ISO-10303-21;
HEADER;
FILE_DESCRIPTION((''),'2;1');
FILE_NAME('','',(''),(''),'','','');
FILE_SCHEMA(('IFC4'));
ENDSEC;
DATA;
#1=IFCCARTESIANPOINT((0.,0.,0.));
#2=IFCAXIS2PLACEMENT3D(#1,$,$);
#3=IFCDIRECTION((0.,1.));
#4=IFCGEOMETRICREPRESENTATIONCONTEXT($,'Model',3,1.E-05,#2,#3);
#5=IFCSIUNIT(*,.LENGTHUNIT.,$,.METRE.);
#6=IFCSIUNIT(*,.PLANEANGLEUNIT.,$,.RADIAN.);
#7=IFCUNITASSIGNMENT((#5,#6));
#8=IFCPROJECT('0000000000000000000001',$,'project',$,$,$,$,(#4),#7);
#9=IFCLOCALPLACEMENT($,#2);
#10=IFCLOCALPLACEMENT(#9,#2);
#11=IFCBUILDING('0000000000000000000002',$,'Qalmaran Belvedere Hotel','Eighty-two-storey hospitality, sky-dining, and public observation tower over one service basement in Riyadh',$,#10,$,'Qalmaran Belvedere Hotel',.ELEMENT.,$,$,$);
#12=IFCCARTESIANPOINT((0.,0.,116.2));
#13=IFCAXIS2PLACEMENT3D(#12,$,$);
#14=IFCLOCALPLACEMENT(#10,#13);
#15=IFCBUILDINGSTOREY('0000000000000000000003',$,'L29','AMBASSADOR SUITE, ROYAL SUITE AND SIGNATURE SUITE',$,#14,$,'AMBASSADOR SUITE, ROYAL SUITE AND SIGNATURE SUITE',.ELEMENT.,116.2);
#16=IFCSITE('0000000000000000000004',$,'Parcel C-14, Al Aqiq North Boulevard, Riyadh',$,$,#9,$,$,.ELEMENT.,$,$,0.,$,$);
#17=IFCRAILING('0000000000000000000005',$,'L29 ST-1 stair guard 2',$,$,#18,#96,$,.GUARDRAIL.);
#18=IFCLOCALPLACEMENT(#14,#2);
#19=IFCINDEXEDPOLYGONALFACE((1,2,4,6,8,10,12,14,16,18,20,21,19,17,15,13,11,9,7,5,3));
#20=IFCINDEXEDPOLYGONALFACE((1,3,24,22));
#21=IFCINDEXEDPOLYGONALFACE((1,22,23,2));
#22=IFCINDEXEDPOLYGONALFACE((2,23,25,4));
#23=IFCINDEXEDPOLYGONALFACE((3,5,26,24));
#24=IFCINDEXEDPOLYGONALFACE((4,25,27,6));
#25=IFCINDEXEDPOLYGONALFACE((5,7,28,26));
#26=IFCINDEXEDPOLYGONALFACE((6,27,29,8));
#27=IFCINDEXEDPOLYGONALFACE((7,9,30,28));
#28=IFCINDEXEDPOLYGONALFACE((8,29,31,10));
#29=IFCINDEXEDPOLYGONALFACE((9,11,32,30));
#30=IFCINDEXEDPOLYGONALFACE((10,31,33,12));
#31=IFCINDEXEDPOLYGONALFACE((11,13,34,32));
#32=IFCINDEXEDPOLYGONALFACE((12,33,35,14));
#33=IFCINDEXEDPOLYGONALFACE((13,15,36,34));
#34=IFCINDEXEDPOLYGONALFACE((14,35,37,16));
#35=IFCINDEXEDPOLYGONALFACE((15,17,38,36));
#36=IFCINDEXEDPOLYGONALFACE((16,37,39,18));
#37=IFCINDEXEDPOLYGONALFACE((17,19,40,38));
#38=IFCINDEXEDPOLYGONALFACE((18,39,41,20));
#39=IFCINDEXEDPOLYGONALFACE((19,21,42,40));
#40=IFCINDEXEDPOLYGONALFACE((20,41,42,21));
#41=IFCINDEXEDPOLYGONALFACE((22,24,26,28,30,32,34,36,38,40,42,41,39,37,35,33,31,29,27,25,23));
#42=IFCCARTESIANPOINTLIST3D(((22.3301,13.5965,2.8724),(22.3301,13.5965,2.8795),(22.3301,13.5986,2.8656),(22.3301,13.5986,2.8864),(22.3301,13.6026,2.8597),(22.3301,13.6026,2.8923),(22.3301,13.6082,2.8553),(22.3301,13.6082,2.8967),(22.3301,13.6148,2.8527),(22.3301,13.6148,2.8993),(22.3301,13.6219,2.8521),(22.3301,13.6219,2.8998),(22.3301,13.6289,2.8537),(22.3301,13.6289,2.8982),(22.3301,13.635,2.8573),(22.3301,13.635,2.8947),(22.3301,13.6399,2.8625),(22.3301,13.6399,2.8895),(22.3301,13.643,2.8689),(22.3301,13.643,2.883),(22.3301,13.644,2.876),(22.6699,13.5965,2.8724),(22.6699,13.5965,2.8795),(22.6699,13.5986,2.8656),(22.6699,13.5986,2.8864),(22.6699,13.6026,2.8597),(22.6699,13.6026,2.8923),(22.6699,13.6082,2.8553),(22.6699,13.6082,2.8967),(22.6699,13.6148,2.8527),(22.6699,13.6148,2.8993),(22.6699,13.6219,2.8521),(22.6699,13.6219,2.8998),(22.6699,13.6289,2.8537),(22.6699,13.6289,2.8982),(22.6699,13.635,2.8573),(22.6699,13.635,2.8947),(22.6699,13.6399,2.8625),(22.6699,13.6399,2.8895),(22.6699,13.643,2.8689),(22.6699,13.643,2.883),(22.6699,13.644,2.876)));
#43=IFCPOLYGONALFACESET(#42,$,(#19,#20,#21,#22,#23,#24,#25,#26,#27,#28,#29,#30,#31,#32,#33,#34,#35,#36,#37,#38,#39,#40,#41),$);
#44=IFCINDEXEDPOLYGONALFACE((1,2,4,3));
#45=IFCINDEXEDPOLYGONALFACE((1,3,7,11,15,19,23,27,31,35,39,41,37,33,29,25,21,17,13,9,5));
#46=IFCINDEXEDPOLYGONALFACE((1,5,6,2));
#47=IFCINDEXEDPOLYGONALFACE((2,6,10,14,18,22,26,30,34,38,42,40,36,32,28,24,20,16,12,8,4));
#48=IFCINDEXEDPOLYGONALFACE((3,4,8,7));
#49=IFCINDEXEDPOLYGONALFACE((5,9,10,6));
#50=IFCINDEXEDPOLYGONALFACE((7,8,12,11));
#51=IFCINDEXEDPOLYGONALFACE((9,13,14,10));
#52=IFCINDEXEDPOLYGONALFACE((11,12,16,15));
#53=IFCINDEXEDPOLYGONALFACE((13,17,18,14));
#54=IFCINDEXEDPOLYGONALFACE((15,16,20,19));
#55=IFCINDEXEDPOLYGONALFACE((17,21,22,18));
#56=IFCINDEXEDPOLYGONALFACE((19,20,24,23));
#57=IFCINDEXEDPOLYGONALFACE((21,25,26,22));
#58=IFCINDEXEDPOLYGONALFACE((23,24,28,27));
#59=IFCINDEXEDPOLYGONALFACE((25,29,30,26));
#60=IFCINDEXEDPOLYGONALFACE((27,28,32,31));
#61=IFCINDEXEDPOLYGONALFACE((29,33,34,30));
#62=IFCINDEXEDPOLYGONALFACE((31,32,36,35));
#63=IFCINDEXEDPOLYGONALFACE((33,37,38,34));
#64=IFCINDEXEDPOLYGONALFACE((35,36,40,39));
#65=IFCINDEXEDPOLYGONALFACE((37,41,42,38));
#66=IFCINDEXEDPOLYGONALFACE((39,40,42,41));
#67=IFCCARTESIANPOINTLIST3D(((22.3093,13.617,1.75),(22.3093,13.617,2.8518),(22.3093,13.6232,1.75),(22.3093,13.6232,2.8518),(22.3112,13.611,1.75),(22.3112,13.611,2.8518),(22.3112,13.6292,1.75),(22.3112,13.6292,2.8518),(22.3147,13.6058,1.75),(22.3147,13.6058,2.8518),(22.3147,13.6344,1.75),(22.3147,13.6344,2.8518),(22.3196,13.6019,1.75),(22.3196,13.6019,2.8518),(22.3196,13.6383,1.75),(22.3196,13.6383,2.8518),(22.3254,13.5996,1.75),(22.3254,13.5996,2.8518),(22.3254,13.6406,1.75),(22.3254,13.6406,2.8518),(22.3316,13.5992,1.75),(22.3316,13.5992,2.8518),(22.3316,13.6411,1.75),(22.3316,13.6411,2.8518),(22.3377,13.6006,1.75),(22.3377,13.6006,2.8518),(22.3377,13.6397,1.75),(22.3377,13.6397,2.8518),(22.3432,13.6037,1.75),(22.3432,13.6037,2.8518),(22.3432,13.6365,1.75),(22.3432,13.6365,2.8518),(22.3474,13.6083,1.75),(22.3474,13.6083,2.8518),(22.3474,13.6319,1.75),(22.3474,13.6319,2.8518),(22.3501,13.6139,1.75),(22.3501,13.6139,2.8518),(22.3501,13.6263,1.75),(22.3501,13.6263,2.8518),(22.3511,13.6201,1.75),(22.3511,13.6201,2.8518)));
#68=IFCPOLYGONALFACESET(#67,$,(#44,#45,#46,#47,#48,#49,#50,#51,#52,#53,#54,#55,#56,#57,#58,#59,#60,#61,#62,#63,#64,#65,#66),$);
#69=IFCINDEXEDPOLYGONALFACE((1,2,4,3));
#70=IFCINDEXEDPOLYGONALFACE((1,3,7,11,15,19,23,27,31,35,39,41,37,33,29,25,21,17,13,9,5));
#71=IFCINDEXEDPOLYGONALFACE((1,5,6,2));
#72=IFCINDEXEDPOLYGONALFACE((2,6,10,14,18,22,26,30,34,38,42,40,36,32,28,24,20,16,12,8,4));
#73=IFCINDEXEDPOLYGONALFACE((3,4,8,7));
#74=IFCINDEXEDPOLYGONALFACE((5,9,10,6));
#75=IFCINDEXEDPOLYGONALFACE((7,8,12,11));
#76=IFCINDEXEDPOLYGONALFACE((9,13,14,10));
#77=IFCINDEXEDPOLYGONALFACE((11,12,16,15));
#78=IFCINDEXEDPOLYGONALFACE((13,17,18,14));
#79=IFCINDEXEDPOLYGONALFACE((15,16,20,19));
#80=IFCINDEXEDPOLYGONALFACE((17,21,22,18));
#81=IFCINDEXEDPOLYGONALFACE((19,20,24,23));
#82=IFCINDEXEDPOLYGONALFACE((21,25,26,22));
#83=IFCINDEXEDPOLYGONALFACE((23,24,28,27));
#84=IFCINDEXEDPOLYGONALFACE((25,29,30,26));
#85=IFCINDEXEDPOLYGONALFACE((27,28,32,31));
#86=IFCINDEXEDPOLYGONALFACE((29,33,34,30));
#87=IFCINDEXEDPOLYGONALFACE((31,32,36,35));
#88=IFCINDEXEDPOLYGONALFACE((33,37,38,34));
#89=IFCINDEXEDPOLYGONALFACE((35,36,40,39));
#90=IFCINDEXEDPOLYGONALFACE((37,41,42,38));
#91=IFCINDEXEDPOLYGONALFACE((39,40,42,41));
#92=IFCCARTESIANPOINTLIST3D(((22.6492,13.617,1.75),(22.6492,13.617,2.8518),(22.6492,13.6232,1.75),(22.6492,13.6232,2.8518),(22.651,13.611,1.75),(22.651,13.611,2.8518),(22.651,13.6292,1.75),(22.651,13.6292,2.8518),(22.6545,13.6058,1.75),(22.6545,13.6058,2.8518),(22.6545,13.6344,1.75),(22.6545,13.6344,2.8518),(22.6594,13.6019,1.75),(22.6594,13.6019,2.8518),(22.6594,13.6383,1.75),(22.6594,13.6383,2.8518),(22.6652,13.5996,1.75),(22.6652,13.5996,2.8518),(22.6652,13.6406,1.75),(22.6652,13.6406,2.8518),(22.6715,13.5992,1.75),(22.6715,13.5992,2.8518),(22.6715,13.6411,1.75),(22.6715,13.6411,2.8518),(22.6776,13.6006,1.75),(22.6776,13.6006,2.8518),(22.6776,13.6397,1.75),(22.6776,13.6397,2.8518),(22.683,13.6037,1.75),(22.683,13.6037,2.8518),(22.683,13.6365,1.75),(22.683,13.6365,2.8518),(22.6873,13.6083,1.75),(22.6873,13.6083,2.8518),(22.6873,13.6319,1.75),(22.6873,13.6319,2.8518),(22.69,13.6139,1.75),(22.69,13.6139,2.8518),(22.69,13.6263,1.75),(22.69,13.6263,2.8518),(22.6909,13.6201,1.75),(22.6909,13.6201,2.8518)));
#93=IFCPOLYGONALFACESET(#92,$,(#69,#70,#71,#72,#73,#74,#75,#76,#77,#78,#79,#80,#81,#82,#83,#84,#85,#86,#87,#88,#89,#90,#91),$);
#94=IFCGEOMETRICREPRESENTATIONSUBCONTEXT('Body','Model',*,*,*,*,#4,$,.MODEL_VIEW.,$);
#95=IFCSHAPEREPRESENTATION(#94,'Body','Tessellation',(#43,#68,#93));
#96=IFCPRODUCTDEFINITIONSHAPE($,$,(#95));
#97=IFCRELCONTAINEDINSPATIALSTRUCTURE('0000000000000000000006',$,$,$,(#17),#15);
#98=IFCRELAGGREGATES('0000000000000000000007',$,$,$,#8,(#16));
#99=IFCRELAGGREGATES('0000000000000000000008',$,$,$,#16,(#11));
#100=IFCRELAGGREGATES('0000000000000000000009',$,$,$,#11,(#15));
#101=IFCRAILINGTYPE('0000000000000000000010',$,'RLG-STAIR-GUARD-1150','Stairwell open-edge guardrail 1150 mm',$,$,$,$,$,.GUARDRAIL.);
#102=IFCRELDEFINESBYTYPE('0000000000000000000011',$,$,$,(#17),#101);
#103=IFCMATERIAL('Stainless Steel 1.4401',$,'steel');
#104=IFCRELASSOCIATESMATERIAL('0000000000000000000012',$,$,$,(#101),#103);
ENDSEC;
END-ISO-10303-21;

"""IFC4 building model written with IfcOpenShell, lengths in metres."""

from ifc_helpers import new_model, si_unit, direction, frame, origin, origin_2d, place, context, subcontext, project, spatial, circle, extrude, material, type_object, element, save


model = new_model("IFC4")

# Units and contexts
model_context = context("Model", 3, precision=1e-05, world=origin(), true_north=direction((0.0, 1.0)))
body_context = subcontext(model_context, "Body", "Model", "MODEL_VIEW")
ifc_project = project(units=[si_unit("LENGTHUNIT", "METRE"), si_unit("PLANEANGLEUNIT", "RADIAN")], contexts=[model_context])

# Site, building, storey
site_placement = place(None, origin())
site = spatial("IfcSite", under=ifc_project, at=site_placement, Name="Parcel C-14, Al Aqiq North Boulevard, Riyadh", CompositionType="ELEMENT", RefElevation=0.0)
building_placement = place(site_placement, origin())
building = spatial("IfcBuilding", under=site, at=building_placement, Name="Qalmaran Belvedere Hotel", Description="Eighty-two-storey hospitality, sky-dining, and public observation tower over one service basement in Riyadh", LongName="Qalmaran Belvedere Hotel", CompositionType="ELEMENT")
storey_placement = place(building_placement, frame((0.0, 0.0, 116.2)))
storey = spatial("IfcBuildingStorey", under=building, at=storey_placement, Name="L29", Description="AMBASSADOR SUITE, ROYAL SUITE AND SIGNATURE SUITE", LongName="AMBASSADOR SUITE, ROYAL SUITE AND SIGNATURE SUITE", CompositionType="ELEMENT", Elevation=116.2)

# Shared definitions
ifc_material_1 = material(Name="Stainless Steel 1.4401", Category="steel")

# Railing
railing_type_1 = type_object("IfcRailingType", Name="RLG-STAIR-GUARD-1150", Description="Stairwell open-edge guardrail 1150 mm", PredefinedType="GUARDRAIL", material=ifc_material_1)
railing_1_placement = place(storey_placement, frame((22.3301, 13.6201, 1.75)))
element("IfcRailing", 1, at=railing_1_placement, inside=storey, type_object=railing_type_1, Name="L29 ST-1 stair guard 2", PredefinedType="GUARDRAIL", context=body_context, shape_type="SweptSolid", body=[
    extrude(circle(Radius=0.0239, at=origin_2d()), frame((0.0, 0.0, 1.126), z_axis=(1.0, 0.0, 0.0), x_axis=(0.0, 1.0, 0.0)), (0.0, 0.0, 1.0), 0.3398),
    extrude(circle(Radius=0.021, at=origin_2d()), origin(), (0.0, 0.0, 1.0), 1.1018),
    extrude(circle(Radius=0.021, at=origin_2d()), frame((0.3398, 0.0, 0.0)), (0.0, 0.0, 1.0), 1.1018),
])

save(model, "model.ifc")
